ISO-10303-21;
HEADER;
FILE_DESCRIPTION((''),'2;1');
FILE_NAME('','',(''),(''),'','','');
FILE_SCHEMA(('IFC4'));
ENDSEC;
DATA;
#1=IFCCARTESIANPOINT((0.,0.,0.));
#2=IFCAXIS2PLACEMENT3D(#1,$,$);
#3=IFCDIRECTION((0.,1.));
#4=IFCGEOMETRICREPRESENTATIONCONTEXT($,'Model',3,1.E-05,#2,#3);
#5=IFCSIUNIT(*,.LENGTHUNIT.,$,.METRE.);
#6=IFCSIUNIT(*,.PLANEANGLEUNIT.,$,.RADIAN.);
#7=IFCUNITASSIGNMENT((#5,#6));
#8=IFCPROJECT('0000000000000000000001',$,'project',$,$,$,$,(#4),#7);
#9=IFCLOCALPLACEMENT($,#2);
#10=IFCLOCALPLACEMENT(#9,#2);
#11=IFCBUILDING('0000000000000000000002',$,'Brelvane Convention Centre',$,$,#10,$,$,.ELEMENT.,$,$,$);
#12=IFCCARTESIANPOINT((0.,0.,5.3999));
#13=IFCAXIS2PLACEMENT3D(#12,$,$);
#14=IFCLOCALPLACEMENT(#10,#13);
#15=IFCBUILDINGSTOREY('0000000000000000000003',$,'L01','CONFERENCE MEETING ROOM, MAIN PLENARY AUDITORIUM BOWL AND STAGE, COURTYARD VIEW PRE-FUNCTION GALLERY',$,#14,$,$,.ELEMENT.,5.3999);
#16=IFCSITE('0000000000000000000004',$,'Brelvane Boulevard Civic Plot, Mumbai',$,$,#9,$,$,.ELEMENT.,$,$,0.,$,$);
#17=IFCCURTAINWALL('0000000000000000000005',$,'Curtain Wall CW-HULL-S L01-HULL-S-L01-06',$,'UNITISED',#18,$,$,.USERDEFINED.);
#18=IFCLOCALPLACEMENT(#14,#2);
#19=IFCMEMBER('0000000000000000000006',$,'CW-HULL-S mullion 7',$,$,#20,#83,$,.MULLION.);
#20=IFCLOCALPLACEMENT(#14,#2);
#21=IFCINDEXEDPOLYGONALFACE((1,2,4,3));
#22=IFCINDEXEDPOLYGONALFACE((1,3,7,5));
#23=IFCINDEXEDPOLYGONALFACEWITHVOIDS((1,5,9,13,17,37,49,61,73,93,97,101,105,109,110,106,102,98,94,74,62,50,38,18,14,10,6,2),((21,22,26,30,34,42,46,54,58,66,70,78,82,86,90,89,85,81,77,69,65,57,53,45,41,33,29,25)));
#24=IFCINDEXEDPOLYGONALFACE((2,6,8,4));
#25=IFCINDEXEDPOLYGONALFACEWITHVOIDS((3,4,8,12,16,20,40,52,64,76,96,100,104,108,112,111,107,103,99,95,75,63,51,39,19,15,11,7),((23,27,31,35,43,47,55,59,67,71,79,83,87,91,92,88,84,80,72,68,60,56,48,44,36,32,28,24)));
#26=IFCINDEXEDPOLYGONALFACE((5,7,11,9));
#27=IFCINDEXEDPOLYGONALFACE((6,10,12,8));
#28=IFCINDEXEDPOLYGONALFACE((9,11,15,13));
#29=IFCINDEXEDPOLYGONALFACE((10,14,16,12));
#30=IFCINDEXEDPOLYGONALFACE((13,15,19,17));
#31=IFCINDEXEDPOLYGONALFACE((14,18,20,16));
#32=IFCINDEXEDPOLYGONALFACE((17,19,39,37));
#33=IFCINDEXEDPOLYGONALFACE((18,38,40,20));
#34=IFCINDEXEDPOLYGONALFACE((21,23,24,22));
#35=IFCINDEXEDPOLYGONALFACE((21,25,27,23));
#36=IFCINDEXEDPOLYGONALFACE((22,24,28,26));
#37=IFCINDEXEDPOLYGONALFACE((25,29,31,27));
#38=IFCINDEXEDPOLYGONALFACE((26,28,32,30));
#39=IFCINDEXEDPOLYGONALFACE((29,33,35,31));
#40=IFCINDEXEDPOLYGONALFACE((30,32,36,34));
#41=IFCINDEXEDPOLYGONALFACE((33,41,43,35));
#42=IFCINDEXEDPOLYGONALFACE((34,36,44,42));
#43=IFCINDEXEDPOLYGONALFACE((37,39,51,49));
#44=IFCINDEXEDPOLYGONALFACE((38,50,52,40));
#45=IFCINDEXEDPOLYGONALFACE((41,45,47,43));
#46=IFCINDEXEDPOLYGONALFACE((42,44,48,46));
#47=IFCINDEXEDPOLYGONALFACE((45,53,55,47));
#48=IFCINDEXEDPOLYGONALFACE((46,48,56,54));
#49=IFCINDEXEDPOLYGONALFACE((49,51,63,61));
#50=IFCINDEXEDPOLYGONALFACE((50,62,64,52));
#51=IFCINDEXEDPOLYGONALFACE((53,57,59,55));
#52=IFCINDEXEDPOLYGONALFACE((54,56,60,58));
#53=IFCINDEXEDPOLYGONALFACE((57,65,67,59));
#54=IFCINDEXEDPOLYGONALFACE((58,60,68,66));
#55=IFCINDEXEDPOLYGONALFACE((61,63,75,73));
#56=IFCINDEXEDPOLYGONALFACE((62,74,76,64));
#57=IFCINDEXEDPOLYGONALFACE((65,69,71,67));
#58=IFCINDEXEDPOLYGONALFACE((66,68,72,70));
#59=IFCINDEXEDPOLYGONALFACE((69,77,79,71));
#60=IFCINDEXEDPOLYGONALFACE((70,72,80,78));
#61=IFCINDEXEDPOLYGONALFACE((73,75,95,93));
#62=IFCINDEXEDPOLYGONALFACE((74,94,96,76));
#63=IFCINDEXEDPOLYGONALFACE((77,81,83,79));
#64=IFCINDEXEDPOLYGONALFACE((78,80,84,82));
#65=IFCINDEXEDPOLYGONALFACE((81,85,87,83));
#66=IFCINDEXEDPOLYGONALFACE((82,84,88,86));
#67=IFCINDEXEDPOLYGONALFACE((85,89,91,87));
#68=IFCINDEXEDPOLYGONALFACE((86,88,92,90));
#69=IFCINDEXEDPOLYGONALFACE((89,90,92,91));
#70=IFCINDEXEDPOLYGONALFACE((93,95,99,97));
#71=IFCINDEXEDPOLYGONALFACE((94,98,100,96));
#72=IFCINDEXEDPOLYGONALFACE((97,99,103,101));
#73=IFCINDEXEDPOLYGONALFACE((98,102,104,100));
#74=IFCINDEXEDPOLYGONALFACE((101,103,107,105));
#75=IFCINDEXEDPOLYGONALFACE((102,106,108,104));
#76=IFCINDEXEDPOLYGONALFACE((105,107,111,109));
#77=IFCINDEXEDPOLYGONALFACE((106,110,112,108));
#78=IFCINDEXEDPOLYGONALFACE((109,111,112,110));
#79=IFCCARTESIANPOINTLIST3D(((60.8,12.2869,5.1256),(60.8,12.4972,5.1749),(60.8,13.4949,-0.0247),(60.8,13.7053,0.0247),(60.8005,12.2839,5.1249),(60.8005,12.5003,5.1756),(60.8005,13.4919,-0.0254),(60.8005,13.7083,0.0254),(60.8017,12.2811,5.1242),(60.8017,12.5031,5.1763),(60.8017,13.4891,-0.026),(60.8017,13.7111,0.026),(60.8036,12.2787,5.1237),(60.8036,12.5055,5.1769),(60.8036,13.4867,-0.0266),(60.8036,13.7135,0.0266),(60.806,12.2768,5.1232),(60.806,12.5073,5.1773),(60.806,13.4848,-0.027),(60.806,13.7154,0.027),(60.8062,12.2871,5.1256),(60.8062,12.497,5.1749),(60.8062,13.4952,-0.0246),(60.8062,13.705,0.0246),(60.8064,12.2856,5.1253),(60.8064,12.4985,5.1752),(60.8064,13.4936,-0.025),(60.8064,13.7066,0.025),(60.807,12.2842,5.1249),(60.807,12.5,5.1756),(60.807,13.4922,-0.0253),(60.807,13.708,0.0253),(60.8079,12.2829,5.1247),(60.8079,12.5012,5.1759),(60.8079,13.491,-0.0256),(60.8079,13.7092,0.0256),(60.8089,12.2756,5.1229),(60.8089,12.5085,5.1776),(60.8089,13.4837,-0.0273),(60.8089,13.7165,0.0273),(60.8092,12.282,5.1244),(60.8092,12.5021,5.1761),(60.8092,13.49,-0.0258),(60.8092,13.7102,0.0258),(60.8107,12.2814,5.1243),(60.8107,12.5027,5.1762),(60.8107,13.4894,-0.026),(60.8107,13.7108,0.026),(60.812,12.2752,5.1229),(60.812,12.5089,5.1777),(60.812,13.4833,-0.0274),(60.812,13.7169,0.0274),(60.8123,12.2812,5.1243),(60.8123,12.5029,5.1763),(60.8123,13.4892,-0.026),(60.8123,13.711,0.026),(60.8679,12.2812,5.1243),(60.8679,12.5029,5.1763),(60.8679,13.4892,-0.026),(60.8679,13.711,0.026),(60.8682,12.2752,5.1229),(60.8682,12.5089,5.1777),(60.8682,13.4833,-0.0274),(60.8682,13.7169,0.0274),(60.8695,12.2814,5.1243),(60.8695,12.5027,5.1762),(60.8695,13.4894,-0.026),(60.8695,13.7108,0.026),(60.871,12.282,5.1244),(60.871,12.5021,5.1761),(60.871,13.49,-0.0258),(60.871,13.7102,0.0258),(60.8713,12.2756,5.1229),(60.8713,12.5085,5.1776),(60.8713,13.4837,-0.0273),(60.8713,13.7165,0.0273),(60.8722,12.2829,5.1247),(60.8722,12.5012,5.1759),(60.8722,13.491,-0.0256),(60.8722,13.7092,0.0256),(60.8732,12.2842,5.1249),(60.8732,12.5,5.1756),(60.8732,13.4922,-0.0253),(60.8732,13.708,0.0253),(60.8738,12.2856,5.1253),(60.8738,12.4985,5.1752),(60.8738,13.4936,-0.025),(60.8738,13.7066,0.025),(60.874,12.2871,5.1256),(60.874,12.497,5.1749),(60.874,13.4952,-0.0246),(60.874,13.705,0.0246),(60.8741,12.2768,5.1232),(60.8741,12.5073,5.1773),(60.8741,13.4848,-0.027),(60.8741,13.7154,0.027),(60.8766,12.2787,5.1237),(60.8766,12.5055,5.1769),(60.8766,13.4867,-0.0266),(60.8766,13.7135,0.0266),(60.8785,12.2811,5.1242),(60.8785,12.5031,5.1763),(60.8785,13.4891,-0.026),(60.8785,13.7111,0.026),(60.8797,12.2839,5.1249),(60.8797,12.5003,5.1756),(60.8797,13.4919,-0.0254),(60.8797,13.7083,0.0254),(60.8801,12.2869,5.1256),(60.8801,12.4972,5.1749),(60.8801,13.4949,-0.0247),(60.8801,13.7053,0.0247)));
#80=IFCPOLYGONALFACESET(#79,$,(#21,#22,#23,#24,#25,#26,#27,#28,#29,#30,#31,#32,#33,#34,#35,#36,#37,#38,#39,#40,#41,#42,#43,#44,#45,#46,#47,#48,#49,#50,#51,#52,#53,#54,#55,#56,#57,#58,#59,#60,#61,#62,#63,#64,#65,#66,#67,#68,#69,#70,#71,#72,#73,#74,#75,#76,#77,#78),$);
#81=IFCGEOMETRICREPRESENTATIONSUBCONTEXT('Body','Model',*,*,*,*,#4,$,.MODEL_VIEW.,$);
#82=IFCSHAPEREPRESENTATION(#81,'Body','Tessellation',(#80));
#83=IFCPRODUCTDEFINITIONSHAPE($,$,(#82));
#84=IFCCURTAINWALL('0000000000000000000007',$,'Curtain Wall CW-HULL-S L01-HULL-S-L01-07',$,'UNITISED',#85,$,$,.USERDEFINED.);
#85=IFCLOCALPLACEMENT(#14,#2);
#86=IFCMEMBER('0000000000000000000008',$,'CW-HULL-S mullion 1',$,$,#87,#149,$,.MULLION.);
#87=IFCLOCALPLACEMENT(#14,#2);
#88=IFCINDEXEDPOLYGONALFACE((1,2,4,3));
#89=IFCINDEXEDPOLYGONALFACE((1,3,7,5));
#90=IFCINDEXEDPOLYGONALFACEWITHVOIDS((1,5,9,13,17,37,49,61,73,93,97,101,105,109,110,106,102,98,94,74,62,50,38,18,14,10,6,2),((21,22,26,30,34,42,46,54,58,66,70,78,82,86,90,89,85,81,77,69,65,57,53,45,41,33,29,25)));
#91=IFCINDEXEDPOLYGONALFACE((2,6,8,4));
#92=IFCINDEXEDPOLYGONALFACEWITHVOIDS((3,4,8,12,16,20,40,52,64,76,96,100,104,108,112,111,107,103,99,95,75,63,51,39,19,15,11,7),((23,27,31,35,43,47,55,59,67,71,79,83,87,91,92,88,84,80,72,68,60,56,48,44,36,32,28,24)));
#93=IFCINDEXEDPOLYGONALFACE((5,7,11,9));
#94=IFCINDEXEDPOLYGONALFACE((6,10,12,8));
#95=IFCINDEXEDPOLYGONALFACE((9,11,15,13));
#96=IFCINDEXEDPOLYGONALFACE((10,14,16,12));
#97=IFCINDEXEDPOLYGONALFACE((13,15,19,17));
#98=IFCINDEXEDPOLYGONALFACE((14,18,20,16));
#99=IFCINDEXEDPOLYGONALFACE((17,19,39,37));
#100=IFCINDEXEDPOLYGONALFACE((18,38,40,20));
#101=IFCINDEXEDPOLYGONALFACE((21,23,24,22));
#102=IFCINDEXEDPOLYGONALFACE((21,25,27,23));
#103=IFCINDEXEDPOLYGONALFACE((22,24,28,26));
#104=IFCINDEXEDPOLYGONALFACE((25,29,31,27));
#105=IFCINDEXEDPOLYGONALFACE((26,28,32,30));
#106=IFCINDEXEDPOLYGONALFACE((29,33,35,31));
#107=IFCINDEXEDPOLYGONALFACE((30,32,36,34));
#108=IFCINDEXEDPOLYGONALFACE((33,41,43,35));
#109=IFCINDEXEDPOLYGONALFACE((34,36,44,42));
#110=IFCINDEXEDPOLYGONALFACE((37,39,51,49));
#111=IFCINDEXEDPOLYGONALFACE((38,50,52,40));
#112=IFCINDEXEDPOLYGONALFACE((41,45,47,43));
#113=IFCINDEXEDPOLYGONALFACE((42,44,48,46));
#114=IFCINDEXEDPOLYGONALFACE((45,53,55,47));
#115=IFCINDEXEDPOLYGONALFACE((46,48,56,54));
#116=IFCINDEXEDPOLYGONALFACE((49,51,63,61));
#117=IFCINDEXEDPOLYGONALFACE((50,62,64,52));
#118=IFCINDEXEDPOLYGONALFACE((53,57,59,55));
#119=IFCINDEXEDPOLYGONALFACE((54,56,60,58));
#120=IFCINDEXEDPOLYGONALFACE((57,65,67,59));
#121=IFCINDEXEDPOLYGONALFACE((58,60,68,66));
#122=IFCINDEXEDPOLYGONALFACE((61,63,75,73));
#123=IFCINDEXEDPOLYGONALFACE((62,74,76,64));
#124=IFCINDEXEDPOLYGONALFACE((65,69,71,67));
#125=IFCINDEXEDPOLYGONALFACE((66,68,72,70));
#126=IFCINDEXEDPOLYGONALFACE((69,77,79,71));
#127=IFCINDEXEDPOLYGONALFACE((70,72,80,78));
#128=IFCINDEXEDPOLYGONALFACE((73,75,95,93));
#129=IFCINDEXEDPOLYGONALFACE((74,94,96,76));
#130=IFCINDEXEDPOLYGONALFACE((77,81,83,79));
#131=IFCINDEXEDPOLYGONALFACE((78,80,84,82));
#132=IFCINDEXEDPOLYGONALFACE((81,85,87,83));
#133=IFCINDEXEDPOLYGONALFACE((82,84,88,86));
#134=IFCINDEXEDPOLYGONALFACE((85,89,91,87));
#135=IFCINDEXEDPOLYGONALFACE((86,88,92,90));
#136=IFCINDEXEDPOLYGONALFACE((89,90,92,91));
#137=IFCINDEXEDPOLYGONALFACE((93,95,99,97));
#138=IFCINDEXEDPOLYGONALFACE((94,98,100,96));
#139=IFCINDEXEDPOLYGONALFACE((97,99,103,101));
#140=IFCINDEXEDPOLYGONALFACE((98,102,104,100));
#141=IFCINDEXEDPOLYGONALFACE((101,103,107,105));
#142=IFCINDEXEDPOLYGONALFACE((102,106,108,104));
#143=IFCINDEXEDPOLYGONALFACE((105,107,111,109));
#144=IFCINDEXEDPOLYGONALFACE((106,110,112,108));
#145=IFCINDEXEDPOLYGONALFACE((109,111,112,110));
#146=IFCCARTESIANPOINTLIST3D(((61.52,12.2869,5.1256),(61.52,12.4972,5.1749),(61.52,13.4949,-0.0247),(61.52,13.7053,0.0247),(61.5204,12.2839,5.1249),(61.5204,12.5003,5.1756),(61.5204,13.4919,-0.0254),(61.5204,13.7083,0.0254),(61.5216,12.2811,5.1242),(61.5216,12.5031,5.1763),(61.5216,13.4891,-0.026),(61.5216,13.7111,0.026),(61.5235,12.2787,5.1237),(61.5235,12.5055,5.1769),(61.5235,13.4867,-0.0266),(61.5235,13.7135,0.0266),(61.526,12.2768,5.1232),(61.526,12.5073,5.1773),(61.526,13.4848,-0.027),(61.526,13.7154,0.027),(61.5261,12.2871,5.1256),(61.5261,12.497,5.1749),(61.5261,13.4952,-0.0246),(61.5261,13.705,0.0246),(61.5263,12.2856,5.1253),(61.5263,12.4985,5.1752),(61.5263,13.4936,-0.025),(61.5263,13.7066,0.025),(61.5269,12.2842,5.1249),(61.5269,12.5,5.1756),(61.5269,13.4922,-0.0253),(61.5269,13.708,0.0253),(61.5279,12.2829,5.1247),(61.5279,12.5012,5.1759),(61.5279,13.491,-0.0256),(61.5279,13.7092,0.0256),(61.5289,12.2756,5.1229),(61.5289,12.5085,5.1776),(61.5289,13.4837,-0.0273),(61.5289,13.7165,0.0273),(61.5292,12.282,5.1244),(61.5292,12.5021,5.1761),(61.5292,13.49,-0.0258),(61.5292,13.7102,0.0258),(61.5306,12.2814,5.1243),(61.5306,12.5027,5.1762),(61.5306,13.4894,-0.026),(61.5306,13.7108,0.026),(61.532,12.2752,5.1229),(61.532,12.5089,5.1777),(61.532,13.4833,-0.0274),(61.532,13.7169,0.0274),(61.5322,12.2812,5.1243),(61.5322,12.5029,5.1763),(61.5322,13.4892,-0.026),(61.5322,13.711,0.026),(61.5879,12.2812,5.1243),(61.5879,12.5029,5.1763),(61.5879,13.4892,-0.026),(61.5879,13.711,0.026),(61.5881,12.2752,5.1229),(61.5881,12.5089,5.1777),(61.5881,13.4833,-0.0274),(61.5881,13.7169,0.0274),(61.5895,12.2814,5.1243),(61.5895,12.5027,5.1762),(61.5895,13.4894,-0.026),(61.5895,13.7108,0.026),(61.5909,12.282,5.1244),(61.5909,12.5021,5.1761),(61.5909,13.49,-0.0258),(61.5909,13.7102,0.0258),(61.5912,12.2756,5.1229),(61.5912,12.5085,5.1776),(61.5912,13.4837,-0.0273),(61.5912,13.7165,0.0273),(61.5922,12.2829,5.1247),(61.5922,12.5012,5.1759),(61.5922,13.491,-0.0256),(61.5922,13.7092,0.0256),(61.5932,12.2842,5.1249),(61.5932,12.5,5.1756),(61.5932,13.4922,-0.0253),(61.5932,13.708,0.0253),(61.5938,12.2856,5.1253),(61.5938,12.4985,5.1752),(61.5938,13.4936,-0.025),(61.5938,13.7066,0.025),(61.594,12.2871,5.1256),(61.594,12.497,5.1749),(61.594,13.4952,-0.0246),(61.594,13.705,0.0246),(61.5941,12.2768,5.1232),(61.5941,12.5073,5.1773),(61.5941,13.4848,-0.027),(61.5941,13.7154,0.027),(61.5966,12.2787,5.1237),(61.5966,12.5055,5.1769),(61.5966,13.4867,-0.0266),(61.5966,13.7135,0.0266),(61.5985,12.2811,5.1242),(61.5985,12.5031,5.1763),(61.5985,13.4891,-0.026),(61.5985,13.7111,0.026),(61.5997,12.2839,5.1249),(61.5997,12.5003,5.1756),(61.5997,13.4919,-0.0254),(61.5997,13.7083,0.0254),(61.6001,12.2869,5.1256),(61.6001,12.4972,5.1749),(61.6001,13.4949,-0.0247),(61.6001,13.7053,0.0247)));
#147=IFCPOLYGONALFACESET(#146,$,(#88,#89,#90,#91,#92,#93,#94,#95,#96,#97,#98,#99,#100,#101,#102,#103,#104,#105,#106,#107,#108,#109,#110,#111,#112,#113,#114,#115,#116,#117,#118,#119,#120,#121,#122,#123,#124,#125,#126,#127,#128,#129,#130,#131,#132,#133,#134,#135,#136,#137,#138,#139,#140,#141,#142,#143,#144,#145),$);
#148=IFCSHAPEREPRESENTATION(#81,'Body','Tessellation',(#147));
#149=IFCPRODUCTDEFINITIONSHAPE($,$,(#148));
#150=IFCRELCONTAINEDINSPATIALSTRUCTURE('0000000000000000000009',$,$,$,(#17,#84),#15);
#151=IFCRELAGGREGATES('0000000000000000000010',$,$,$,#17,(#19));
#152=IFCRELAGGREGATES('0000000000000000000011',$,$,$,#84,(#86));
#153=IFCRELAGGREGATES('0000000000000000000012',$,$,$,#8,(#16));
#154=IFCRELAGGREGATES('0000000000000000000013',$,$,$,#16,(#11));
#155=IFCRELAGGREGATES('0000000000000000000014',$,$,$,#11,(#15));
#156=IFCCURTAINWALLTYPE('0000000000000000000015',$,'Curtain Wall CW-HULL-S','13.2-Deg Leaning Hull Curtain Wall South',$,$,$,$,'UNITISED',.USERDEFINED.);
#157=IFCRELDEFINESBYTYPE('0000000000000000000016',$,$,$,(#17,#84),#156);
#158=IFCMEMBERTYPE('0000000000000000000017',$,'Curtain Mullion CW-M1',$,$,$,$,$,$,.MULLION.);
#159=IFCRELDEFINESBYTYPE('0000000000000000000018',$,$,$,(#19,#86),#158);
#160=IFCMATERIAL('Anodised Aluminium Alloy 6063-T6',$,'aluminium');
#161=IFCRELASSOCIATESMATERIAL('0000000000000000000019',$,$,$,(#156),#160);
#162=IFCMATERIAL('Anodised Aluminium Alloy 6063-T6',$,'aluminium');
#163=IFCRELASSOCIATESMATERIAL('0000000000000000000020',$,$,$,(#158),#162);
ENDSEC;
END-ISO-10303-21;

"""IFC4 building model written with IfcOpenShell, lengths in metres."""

from ifc_helpers import new_model, si_unit, direction, frame, origin, origin_2d, place, context, subcontext, project, spatial, hollow_rectangle, extrude, material, material_profile, profile_set, type_object, element, aggregate, save


model = new_model("IFC4")

# Units and contexts
model_context = context("Model", 3, precision=1e-05, world=origin(), true_north=direction((0.0, 1.0)))
body_context = subcontext(model_context, "Body", "Model", "MODEL_VIEW")
ifc_project = project(units=[si_unit("LENGTHUNIT", "METRE"), si_unit("PLANEANGLEUNIT", "RADIAN")], contexts=[model_context])

# Site, building, storey
site_placement = place(None, origin())
site = spatial("IfcSite", under=ifc_project, at=site_placement, Name="Brelvane Boulevard Civic Plot, Mumbai", CompositionType="ELEMENT", RefElevation=0.0)
building_placement = place(site_placement, origin())
building = spatial("IfcBuilding", under=site, at=building_placement, Name="Brelvane Convention Centre", CompositionType="ELEMENT")
storey_placement = place(building_placement, frame((0.0, 0.0, 5.3999)))
storey = spatial("IfcBuildingStorey", under=building, at=storey_placement, Name="L01", Description="CONFERENCE MEETING ROOM, MAIN PLENARY AUDITORIUM BOWL AND STAGE, COURTYARD VIEW PRE-FUNCTION GALLERY", CompositionType="ELEMENT", Elevation=5.3999)

# Curtain walls, members
ifc_material_1 = material(Name="Anodised Aluminium Alloy 6063-T6", Category="aluminium")
curtain_wall_type = type_object("IfcCurtainWallType", Name="Curtain Wall CW-HULL-S", Description="13.2-Deg Leaning Hull Curtain Wall South", ElementType="UNITISED", PredefinedType="USERDEFINED", material=ifc_material_1)
curtain_wall_1_placement = place(storey_placement, origin())
curtain_wall_1 = element("IfcCurtainWall", 1, at=curtain_wall_1_placement, inside=storey, type_object=curtain_wall_type, Name="Curtain Wall CW-HULL-S L01-HULL-S-L01-06", ObjectType="UNITISED", PredefinedType="USERDEFINED")
ifc_material_2 = material(Name="Anodised Aluminium Alloy 6063-T6", Category="aluminium")
ifc_material_profile_1 = material_profile(ifc_material_2, hollow_rectangle(XDim=0.0801, YDim=0.24, WallThickness=0.0061, InnerFilletRadius=0.0061, OuterFilletRadius=0.012, at=origin_2d()), Name="ALU-M 240x80x6.0")
ifc_profile_set_1 = profile_set([ifc_material_profile_1], Name="Anodised Aluminium Alloy 6063-T6")
member_type_1 = type_object("IfcMemberType", Name="Curtain Mullion CW-M1", PredefinedType="MULLION", material=ifc_profile_set_1)
member_1_placement = place(storey_placement, frame((60.8401, 13.6001, 0.0), z_axis=(0.0, -0.22836, 0.973577), x_axis=(1.0, 0.0, 0.0)))
member_1 = element("IfcMember", 2, at=member_1_placement, type_object=member_type_1, Name="CW-HULL-S mullion 7", PredefinedType="MULLION", context=body_context, shape_type="SweptSolid", body=[
    extrude(hollow_rectangle(XDim=0.0801, YDim=0.24, WallThickness=0.0061, InnerFilletRadius=0.0061, OuterFilletRadius=0.012, at=origin_2d()), origin(), (0.0, 0.0, 1.0), 5.29),
])
curtain_wall_2_placement = place(storey_placement, origin())
curtain_wall_2 = element("IfcCurtainWall", 3, at=curtain_wall_2_placement, inside=storey, type_object=curtain_wall_type, Name="Curtain Wall CW-HULL-S L01-HULL-S-L01-07", ObjectType="UNITISED", PredefinedType="USERDEFINED")
member_2_placement = place(storey_placement, frame((61.5601, 13.6001, 0.0), z_axis=(0.0, -0.22836, 0.973577), x_axis=(1.0, 0.0, 0.0)))
member_2 = element("IfcMember", 4, at=member_2_placement, type_object=member_type_1, Name="CW-HULL-S mullion 1", PredefinedType="MULLION", context=body_context, shape_type="SweptSolid", body=[
    extrude(hollow_rectangle(XDim=0.0801, YDim=0.24, WallThickness=0.0061, InnerFilletRadius=0.0061, OuterFilletRadius=0.012, at=origin_2d()), origin(), (0.0, 0.0, 1.0), 5.29),
])

aggregate(curtain_wall_1, [member_1])
aggregate(curtain_wall_2, [member_2])

save(model, "model.ifc")
